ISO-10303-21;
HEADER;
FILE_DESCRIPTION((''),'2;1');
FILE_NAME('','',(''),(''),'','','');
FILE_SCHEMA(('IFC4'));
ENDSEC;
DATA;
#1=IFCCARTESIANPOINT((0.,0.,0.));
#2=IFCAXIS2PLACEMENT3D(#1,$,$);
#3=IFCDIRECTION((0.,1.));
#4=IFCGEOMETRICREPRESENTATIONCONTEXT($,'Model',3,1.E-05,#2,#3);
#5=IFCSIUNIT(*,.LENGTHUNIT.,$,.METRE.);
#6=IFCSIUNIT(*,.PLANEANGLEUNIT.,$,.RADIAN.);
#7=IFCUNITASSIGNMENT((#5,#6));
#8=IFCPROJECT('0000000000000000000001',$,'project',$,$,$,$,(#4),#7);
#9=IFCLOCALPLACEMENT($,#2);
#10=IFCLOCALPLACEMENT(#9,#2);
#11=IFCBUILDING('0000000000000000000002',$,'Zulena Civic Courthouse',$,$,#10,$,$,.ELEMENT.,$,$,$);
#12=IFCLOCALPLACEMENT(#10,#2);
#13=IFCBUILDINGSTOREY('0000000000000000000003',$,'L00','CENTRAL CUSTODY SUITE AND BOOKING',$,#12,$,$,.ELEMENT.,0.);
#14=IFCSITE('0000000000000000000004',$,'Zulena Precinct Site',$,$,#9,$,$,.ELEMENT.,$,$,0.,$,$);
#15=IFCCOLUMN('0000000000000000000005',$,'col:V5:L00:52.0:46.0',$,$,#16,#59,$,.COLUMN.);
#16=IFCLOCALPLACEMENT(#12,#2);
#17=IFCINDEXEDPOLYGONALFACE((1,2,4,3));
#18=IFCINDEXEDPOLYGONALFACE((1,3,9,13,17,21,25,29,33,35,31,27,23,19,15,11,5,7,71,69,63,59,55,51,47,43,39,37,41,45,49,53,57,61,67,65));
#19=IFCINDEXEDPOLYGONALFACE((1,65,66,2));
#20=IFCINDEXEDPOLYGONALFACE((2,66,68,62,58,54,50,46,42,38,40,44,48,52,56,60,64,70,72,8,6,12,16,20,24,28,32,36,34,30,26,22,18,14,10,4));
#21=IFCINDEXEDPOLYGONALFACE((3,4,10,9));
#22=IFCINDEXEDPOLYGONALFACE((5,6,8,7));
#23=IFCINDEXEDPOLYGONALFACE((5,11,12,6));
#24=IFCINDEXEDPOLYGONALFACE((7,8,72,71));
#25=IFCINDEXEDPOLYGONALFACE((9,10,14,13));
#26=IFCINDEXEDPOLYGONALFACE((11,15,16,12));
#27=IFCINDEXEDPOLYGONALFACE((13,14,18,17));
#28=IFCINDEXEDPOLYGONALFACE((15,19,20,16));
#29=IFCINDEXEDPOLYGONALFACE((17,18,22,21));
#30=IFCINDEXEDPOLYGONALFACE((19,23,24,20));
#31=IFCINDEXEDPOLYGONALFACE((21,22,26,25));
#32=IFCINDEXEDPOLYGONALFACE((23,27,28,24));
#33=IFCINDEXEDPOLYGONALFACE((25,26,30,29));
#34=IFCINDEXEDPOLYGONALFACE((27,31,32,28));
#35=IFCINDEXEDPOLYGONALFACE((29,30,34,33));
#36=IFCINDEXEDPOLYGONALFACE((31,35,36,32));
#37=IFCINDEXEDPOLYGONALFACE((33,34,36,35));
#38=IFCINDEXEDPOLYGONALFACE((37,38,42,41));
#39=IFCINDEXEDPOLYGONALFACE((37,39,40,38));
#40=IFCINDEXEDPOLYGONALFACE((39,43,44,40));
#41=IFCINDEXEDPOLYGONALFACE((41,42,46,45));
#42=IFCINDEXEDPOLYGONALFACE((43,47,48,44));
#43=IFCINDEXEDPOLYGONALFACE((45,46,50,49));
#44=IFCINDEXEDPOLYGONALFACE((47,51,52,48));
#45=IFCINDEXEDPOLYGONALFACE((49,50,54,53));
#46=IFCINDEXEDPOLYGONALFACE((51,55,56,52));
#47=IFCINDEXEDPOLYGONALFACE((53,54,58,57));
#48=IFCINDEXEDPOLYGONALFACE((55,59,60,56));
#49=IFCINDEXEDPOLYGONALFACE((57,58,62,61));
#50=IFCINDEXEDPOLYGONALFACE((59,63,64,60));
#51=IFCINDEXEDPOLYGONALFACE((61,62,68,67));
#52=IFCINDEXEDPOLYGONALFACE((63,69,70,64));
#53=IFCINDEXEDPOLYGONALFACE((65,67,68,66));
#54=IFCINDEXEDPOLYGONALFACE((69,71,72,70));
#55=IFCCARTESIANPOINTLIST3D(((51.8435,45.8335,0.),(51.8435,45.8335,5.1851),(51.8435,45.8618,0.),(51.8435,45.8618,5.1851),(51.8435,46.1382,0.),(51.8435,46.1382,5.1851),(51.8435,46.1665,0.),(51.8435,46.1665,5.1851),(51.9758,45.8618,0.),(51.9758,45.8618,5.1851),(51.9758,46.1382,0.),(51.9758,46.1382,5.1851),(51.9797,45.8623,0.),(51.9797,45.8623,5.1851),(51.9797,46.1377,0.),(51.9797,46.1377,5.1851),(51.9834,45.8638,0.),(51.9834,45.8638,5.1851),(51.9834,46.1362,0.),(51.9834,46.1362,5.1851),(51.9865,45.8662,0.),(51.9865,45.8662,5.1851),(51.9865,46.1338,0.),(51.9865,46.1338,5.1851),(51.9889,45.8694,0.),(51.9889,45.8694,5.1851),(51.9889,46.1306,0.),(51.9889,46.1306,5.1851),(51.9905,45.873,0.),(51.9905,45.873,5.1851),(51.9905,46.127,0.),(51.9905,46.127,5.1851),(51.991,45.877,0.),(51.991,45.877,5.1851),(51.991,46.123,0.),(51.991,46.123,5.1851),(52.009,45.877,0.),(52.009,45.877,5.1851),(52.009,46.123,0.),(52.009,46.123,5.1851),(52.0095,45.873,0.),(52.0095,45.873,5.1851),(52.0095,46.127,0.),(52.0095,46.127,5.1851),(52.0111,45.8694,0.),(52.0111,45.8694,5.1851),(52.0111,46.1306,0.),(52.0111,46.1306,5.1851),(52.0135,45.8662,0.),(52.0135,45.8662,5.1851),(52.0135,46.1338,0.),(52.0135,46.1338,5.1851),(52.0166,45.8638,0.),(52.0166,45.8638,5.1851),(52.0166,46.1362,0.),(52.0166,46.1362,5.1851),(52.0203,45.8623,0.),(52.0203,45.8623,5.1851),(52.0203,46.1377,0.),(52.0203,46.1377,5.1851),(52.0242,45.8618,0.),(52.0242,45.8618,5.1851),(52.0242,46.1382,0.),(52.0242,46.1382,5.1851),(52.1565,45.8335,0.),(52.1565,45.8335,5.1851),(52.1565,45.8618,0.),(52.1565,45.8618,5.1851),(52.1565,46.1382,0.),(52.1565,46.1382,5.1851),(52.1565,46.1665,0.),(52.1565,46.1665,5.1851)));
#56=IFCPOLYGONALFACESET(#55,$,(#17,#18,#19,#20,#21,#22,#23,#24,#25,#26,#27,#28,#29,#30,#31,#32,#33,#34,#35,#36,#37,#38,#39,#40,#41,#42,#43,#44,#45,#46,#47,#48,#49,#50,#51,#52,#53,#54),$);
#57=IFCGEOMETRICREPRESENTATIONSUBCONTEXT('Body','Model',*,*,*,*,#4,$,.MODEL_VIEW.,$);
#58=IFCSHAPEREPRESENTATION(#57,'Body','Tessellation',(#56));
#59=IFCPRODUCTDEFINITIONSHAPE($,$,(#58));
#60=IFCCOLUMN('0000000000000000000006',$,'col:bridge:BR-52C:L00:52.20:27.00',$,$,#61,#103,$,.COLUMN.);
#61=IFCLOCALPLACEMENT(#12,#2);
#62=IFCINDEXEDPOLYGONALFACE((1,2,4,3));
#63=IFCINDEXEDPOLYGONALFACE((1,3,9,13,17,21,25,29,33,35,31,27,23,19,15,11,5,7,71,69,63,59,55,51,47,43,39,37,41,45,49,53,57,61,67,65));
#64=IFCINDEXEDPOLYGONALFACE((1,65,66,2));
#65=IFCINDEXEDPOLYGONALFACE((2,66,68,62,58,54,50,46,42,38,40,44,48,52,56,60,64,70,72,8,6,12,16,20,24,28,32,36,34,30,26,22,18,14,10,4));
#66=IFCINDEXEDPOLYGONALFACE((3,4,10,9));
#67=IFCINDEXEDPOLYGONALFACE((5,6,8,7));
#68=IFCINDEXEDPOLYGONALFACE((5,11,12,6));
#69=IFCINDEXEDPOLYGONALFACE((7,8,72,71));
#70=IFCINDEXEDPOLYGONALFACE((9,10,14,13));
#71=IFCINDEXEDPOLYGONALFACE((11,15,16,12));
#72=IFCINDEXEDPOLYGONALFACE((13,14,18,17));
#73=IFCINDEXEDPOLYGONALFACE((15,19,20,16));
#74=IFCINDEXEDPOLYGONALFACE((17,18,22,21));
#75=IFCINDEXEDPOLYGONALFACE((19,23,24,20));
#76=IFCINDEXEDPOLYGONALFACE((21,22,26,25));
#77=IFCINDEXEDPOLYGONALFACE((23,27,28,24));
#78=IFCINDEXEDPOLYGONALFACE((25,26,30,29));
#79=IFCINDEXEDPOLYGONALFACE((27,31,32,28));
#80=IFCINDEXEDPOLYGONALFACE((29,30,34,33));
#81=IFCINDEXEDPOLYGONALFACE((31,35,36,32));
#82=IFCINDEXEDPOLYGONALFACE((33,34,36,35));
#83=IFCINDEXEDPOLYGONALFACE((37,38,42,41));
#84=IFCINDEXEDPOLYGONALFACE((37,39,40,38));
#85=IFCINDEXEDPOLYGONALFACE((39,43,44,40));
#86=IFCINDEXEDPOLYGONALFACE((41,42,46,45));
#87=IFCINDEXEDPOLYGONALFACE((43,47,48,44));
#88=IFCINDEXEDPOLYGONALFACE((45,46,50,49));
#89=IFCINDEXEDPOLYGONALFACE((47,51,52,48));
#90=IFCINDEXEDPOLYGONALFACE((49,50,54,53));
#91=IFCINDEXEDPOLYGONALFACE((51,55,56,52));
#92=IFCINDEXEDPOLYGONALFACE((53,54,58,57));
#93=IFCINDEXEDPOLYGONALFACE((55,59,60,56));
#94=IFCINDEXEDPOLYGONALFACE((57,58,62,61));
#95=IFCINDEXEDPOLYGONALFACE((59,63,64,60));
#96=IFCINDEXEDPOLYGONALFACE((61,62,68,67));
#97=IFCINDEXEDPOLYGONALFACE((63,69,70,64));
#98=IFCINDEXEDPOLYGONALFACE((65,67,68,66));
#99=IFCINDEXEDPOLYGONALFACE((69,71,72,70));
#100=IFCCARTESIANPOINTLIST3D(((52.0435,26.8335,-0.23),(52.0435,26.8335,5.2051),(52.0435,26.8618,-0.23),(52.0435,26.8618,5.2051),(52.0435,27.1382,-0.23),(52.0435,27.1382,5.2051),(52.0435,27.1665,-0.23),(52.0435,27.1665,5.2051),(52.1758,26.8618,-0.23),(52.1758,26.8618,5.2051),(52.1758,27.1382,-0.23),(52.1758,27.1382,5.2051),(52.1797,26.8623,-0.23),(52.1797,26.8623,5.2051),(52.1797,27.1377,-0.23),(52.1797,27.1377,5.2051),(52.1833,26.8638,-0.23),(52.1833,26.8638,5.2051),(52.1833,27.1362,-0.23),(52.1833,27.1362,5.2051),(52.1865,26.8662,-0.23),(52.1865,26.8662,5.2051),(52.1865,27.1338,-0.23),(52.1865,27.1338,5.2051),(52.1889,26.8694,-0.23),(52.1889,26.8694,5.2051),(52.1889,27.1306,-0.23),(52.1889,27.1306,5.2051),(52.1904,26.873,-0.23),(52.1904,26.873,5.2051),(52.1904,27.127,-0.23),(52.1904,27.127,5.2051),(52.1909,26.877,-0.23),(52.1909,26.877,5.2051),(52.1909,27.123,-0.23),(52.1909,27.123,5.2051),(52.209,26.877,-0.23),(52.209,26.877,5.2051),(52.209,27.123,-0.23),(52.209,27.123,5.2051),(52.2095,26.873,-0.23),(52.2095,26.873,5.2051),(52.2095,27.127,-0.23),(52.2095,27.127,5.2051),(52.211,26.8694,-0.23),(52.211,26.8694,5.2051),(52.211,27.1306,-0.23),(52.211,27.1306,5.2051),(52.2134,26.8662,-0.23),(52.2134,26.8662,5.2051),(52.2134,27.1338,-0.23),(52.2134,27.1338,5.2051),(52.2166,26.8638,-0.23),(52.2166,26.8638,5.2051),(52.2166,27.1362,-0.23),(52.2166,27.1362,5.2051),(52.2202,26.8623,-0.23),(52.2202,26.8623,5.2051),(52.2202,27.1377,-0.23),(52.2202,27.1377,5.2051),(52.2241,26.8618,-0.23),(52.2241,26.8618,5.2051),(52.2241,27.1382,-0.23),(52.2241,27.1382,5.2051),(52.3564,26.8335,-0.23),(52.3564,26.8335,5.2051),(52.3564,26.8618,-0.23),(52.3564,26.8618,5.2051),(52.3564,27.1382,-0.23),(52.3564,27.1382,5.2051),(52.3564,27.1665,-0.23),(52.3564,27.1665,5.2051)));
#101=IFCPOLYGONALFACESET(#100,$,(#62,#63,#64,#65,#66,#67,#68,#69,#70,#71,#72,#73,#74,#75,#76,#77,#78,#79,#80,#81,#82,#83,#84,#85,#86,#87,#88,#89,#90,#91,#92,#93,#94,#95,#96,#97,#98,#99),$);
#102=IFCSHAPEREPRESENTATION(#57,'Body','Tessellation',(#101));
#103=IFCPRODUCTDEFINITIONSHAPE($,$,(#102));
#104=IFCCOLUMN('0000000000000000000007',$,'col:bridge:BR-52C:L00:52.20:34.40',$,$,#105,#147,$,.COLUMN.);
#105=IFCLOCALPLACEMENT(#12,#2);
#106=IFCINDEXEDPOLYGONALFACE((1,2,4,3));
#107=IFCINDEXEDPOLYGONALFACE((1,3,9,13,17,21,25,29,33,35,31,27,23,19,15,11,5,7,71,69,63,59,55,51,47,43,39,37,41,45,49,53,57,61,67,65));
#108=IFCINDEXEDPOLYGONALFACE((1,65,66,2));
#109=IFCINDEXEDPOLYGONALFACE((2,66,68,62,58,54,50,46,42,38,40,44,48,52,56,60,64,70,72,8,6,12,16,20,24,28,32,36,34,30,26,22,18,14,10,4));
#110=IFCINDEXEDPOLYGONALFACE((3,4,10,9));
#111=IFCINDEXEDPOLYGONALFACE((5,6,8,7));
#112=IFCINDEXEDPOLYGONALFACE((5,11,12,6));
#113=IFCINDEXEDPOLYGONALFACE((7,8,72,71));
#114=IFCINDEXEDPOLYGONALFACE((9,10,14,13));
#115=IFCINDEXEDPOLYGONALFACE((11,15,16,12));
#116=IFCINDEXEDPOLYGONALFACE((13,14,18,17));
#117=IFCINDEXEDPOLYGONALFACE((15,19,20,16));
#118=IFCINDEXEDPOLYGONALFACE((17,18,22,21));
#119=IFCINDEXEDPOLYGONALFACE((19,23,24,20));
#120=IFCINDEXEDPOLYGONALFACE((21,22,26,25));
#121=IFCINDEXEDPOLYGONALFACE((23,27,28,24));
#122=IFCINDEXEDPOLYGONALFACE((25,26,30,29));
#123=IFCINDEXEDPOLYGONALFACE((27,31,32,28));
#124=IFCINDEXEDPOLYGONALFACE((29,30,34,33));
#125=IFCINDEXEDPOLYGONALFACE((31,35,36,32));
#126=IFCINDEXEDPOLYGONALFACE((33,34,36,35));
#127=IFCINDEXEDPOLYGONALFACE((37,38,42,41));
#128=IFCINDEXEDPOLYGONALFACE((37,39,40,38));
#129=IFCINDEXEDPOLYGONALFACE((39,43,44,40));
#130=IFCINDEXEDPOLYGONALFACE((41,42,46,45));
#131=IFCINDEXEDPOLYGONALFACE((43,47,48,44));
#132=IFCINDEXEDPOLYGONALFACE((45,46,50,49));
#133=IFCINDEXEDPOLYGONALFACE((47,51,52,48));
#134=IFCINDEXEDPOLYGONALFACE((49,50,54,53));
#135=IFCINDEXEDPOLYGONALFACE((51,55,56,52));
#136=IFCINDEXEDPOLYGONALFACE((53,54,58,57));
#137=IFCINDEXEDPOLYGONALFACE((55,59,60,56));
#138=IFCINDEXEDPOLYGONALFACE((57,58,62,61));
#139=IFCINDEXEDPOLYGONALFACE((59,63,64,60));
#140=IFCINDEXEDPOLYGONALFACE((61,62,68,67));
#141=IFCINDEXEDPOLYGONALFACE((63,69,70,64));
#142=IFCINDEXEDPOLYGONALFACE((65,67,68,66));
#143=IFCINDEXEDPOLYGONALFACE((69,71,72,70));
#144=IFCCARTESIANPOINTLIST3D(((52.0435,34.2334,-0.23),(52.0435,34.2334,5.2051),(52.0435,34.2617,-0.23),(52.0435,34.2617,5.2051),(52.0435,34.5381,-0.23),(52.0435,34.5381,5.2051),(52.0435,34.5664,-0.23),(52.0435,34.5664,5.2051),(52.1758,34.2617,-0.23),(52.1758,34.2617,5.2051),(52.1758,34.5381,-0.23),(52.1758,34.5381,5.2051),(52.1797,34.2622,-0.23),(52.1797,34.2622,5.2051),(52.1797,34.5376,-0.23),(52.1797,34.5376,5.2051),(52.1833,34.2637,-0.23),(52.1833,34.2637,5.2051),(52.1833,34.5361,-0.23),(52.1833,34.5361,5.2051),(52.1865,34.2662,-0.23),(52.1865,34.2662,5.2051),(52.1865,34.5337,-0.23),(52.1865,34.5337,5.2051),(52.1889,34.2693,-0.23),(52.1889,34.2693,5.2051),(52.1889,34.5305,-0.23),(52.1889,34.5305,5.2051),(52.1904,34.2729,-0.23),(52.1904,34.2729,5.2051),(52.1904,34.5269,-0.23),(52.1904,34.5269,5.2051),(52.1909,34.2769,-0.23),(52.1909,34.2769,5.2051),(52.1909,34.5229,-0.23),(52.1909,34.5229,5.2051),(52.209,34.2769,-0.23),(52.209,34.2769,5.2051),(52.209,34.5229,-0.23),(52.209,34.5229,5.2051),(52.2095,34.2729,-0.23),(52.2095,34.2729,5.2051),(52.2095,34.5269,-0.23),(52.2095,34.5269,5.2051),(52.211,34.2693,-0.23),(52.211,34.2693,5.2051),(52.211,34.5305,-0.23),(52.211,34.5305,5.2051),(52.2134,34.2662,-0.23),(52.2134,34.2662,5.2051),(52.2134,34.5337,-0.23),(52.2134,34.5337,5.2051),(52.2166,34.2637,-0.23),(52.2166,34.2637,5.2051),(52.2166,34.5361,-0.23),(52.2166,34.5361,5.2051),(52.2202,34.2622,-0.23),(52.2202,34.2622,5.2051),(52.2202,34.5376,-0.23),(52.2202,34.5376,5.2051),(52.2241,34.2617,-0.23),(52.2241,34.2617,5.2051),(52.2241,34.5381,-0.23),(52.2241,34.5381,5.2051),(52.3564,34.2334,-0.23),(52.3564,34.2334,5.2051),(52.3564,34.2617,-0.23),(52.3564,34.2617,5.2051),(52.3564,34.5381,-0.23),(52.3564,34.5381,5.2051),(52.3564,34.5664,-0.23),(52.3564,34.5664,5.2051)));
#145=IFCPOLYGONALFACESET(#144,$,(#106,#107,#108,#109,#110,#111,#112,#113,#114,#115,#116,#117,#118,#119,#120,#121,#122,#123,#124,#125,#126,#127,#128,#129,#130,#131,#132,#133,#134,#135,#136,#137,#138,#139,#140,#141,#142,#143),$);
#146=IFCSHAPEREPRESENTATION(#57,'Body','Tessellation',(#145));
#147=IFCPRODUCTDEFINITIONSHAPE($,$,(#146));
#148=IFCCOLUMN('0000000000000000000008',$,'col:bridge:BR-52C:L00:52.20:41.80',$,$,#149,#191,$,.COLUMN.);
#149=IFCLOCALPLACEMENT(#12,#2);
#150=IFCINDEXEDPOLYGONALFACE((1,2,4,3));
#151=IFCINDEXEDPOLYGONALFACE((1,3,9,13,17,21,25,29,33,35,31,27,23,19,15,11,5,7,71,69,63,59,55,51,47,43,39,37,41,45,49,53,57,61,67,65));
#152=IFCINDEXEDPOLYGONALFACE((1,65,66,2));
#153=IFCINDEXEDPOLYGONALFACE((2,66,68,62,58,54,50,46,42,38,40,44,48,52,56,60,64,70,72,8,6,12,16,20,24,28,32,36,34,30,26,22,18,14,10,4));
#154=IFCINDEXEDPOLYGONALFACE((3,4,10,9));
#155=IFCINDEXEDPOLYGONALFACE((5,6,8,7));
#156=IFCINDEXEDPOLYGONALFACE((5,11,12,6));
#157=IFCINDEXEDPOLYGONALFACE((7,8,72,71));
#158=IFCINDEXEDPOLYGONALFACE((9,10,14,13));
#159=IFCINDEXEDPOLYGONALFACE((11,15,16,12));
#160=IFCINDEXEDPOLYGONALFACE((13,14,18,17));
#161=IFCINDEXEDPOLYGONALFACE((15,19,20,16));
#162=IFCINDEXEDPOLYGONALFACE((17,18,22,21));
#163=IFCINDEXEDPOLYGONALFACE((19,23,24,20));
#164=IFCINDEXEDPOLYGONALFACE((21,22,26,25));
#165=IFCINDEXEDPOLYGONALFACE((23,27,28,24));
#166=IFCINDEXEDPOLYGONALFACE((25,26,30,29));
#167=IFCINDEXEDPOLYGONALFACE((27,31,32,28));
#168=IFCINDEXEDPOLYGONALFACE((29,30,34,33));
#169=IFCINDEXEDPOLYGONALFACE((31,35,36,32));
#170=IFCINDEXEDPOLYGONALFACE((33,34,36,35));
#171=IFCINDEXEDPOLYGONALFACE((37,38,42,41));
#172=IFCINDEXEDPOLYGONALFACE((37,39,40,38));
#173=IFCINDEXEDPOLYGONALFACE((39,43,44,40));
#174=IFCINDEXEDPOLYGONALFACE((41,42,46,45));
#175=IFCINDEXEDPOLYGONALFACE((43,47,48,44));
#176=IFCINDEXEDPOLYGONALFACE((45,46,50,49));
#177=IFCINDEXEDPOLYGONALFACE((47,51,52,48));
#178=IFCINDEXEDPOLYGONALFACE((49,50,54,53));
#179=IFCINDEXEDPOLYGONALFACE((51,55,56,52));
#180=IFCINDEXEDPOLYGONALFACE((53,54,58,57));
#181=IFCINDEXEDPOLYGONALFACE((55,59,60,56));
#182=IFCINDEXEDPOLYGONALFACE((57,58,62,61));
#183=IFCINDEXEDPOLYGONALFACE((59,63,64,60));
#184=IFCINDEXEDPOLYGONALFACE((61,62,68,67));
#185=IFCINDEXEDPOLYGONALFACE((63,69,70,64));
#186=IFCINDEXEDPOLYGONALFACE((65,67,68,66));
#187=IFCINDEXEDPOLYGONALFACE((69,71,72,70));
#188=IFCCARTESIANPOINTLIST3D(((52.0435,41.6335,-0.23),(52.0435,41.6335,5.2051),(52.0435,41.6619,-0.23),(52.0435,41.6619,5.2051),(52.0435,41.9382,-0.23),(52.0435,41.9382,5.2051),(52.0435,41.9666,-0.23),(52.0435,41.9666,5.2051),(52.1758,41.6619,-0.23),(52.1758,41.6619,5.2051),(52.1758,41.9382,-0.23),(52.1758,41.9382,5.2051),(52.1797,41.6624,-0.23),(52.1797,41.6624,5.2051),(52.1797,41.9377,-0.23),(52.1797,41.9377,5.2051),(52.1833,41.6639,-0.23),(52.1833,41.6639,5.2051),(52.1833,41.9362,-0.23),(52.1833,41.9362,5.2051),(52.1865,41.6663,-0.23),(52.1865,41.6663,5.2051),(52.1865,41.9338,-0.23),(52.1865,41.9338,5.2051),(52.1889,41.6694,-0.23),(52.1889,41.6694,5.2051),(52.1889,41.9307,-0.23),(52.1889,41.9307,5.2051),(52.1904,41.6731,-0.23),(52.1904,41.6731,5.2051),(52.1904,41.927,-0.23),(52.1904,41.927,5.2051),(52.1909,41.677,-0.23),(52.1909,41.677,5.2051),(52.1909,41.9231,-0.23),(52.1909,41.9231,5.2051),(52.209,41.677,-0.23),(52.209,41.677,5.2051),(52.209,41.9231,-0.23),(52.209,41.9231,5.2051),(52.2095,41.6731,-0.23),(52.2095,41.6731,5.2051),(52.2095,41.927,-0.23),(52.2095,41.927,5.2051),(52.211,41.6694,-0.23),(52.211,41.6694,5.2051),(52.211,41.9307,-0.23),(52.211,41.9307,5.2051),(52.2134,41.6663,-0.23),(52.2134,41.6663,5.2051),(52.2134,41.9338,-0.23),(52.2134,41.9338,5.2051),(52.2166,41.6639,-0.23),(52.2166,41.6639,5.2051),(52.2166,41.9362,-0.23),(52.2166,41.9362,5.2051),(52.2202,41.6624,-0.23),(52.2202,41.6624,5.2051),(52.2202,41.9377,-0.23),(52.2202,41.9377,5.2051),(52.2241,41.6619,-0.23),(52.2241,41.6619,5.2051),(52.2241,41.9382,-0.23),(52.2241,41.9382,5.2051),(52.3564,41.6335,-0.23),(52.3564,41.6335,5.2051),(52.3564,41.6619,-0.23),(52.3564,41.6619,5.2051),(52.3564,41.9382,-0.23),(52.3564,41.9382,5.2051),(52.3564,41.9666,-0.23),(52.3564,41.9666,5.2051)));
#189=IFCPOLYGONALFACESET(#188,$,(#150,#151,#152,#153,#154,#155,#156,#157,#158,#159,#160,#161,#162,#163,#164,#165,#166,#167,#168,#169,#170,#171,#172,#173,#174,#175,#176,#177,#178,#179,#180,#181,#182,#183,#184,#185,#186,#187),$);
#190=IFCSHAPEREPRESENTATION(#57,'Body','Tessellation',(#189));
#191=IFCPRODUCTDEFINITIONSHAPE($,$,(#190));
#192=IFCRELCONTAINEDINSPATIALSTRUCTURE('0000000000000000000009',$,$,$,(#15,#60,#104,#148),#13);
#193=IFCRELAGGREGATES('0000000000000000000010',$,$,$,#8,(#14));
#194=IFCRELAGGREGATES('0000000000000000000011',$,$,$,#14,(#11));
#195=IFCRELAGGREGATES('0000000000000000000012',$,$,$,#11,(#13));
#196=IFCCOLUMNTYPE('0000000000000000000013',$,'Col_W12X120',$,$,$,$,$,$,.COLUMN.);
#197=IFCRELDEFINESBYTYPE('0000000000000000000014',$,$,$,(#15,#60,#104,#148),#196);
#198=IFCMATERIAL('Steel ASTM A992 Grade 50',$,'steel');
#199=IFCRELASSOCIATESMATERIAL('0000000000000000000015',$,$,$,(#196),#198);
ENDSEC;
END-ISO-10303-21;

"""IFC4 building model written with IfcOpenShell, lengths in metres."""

from ifc_helpers import new_model, si_unit, direction, frame, origin, origin_2d, place, context, subcontext, project, spatial, i_section, extrude, material, material_profile, profile_set, type_object, element, save


model = new_model("IFC4")

# Units and contexts
model_context = context("Model", 3, precision=1e-05, world=origin(), true_north=direction((0.0, 1.0)))
body_context = subcontext(model_context, "Body", "Model", "MODEL_VIEW")
ifc_project = project(units=[si_unit("LENGTHUNIT", "METRE"), si_unit("PLANEANGLEUNIT", "RADIAN")], contexts=[model_context])

# Site, building, storey
site_placement = place(None, origin())
site = spatial("IfcSite", under=ifc_project, at=site_placement, Name="Zulena Precinct Site", CompositionType="ELEMENT", RefElevation=0.0)
building_placement = place(site_placement, origin())
building = spatial("IfcBuilding", under=site, at=building_placement, Name="Zulena Civic Courthouse", CompositionType="ELEMENT")
storey_placement = place(building_placement, origin())
storey = spatial("IfcBuildingStorey", under=building, at=storey_placement, Name="L00", Description="CENTRAL CUSTODY SUITE AND BOOKING", CompositionType="ELEMENT", Elevation=0.0)

# Columns
ifc_material_1 = material(Name="Steel ASTM A992 Grade 50", Category="steel")
ifc_material_profile_1 = material_profile(ifc_material_1, i_section(OverallWidth=0.313, OverallDepth=0.333, WebThickness=0.0181, FlangeThickness=0.0283, FilletRadius=0.0151, at=origin_2d()), Name="W12X120")
ifc_profile_set_1 = profile_set([ifc_material_profile_1], Name="Steel ASTM A992 Grade 50")
column_type = type_object("IfcColumnType", Name="Col_W12X120", PredefinedType="COLUMN", material=ifc_profile_set_1)
for number, where, z_axis, x_axis, name in (
    (1, (52.0, 46.0, 0.0), (0.0, 0.0, 1.0), (1.0, 0.0, 0.0), "col:V5:L00:52.0:46.0"),
):
    element("IfcColumn", number, at=place(storey_placement, frame(where, z_axis=z_axis, x_axis=x_axis)), inside=storey, type_object=column_type, Name=name, PredefinedType="COLUMN", context=body_context, shape_type="SweptSolid", body=[
        extrude(i_section(OverallWidth=0.313, OverallDepth=0.333, WebThickness=0.0181, FlangeThickness=0.0283, FilletRadius=0.0151, at=origin_2d()), origin(), (0.0, 0.0, 1.0), 5.1851),
    ])
for number, where, z_axis, x_axis, name in (
    (2, (52.2, 27.0, -0.23), (0.0, 0.0, 1.0), (1.0, 0.0, 0.0), "col:bridge:BR-52C:L00:52.20:27.00"),
    (3, (52.2, 34.3999, -0.23), (0.0, 0.0, 1.0), (1.0, 0.0, 0.0), "col:bridge:BR-52C:L00:52.20:34.40"),
    (4, (52.2, 41.8, -0.23), (0.0, 0.0, 1.0), (1.0, 0.0, 0.0), "col:bridge:BR-52C:L00:52.20:41.80"),
):
    element("IfcColumn", number, at=place(storey_placement, frame(where, z_axis=z_axis, x_axis=x_axis)), inside=storey, type_object=column_type, Name=name, PredefinedType="COLUMN", context=body_context, shape_type="SweptSolid", body=[
        extrude(i_section(OverallWidth=0.313, OverallDepth=0.333, WebThickness=0.0181, FlangeThickness=0.0283, FilletRadius=0.0151, at=origin_2d()), origin(), (0.0, 0.0, 1.0), 5.4351),
    ])

save(model, "model.ifc")
